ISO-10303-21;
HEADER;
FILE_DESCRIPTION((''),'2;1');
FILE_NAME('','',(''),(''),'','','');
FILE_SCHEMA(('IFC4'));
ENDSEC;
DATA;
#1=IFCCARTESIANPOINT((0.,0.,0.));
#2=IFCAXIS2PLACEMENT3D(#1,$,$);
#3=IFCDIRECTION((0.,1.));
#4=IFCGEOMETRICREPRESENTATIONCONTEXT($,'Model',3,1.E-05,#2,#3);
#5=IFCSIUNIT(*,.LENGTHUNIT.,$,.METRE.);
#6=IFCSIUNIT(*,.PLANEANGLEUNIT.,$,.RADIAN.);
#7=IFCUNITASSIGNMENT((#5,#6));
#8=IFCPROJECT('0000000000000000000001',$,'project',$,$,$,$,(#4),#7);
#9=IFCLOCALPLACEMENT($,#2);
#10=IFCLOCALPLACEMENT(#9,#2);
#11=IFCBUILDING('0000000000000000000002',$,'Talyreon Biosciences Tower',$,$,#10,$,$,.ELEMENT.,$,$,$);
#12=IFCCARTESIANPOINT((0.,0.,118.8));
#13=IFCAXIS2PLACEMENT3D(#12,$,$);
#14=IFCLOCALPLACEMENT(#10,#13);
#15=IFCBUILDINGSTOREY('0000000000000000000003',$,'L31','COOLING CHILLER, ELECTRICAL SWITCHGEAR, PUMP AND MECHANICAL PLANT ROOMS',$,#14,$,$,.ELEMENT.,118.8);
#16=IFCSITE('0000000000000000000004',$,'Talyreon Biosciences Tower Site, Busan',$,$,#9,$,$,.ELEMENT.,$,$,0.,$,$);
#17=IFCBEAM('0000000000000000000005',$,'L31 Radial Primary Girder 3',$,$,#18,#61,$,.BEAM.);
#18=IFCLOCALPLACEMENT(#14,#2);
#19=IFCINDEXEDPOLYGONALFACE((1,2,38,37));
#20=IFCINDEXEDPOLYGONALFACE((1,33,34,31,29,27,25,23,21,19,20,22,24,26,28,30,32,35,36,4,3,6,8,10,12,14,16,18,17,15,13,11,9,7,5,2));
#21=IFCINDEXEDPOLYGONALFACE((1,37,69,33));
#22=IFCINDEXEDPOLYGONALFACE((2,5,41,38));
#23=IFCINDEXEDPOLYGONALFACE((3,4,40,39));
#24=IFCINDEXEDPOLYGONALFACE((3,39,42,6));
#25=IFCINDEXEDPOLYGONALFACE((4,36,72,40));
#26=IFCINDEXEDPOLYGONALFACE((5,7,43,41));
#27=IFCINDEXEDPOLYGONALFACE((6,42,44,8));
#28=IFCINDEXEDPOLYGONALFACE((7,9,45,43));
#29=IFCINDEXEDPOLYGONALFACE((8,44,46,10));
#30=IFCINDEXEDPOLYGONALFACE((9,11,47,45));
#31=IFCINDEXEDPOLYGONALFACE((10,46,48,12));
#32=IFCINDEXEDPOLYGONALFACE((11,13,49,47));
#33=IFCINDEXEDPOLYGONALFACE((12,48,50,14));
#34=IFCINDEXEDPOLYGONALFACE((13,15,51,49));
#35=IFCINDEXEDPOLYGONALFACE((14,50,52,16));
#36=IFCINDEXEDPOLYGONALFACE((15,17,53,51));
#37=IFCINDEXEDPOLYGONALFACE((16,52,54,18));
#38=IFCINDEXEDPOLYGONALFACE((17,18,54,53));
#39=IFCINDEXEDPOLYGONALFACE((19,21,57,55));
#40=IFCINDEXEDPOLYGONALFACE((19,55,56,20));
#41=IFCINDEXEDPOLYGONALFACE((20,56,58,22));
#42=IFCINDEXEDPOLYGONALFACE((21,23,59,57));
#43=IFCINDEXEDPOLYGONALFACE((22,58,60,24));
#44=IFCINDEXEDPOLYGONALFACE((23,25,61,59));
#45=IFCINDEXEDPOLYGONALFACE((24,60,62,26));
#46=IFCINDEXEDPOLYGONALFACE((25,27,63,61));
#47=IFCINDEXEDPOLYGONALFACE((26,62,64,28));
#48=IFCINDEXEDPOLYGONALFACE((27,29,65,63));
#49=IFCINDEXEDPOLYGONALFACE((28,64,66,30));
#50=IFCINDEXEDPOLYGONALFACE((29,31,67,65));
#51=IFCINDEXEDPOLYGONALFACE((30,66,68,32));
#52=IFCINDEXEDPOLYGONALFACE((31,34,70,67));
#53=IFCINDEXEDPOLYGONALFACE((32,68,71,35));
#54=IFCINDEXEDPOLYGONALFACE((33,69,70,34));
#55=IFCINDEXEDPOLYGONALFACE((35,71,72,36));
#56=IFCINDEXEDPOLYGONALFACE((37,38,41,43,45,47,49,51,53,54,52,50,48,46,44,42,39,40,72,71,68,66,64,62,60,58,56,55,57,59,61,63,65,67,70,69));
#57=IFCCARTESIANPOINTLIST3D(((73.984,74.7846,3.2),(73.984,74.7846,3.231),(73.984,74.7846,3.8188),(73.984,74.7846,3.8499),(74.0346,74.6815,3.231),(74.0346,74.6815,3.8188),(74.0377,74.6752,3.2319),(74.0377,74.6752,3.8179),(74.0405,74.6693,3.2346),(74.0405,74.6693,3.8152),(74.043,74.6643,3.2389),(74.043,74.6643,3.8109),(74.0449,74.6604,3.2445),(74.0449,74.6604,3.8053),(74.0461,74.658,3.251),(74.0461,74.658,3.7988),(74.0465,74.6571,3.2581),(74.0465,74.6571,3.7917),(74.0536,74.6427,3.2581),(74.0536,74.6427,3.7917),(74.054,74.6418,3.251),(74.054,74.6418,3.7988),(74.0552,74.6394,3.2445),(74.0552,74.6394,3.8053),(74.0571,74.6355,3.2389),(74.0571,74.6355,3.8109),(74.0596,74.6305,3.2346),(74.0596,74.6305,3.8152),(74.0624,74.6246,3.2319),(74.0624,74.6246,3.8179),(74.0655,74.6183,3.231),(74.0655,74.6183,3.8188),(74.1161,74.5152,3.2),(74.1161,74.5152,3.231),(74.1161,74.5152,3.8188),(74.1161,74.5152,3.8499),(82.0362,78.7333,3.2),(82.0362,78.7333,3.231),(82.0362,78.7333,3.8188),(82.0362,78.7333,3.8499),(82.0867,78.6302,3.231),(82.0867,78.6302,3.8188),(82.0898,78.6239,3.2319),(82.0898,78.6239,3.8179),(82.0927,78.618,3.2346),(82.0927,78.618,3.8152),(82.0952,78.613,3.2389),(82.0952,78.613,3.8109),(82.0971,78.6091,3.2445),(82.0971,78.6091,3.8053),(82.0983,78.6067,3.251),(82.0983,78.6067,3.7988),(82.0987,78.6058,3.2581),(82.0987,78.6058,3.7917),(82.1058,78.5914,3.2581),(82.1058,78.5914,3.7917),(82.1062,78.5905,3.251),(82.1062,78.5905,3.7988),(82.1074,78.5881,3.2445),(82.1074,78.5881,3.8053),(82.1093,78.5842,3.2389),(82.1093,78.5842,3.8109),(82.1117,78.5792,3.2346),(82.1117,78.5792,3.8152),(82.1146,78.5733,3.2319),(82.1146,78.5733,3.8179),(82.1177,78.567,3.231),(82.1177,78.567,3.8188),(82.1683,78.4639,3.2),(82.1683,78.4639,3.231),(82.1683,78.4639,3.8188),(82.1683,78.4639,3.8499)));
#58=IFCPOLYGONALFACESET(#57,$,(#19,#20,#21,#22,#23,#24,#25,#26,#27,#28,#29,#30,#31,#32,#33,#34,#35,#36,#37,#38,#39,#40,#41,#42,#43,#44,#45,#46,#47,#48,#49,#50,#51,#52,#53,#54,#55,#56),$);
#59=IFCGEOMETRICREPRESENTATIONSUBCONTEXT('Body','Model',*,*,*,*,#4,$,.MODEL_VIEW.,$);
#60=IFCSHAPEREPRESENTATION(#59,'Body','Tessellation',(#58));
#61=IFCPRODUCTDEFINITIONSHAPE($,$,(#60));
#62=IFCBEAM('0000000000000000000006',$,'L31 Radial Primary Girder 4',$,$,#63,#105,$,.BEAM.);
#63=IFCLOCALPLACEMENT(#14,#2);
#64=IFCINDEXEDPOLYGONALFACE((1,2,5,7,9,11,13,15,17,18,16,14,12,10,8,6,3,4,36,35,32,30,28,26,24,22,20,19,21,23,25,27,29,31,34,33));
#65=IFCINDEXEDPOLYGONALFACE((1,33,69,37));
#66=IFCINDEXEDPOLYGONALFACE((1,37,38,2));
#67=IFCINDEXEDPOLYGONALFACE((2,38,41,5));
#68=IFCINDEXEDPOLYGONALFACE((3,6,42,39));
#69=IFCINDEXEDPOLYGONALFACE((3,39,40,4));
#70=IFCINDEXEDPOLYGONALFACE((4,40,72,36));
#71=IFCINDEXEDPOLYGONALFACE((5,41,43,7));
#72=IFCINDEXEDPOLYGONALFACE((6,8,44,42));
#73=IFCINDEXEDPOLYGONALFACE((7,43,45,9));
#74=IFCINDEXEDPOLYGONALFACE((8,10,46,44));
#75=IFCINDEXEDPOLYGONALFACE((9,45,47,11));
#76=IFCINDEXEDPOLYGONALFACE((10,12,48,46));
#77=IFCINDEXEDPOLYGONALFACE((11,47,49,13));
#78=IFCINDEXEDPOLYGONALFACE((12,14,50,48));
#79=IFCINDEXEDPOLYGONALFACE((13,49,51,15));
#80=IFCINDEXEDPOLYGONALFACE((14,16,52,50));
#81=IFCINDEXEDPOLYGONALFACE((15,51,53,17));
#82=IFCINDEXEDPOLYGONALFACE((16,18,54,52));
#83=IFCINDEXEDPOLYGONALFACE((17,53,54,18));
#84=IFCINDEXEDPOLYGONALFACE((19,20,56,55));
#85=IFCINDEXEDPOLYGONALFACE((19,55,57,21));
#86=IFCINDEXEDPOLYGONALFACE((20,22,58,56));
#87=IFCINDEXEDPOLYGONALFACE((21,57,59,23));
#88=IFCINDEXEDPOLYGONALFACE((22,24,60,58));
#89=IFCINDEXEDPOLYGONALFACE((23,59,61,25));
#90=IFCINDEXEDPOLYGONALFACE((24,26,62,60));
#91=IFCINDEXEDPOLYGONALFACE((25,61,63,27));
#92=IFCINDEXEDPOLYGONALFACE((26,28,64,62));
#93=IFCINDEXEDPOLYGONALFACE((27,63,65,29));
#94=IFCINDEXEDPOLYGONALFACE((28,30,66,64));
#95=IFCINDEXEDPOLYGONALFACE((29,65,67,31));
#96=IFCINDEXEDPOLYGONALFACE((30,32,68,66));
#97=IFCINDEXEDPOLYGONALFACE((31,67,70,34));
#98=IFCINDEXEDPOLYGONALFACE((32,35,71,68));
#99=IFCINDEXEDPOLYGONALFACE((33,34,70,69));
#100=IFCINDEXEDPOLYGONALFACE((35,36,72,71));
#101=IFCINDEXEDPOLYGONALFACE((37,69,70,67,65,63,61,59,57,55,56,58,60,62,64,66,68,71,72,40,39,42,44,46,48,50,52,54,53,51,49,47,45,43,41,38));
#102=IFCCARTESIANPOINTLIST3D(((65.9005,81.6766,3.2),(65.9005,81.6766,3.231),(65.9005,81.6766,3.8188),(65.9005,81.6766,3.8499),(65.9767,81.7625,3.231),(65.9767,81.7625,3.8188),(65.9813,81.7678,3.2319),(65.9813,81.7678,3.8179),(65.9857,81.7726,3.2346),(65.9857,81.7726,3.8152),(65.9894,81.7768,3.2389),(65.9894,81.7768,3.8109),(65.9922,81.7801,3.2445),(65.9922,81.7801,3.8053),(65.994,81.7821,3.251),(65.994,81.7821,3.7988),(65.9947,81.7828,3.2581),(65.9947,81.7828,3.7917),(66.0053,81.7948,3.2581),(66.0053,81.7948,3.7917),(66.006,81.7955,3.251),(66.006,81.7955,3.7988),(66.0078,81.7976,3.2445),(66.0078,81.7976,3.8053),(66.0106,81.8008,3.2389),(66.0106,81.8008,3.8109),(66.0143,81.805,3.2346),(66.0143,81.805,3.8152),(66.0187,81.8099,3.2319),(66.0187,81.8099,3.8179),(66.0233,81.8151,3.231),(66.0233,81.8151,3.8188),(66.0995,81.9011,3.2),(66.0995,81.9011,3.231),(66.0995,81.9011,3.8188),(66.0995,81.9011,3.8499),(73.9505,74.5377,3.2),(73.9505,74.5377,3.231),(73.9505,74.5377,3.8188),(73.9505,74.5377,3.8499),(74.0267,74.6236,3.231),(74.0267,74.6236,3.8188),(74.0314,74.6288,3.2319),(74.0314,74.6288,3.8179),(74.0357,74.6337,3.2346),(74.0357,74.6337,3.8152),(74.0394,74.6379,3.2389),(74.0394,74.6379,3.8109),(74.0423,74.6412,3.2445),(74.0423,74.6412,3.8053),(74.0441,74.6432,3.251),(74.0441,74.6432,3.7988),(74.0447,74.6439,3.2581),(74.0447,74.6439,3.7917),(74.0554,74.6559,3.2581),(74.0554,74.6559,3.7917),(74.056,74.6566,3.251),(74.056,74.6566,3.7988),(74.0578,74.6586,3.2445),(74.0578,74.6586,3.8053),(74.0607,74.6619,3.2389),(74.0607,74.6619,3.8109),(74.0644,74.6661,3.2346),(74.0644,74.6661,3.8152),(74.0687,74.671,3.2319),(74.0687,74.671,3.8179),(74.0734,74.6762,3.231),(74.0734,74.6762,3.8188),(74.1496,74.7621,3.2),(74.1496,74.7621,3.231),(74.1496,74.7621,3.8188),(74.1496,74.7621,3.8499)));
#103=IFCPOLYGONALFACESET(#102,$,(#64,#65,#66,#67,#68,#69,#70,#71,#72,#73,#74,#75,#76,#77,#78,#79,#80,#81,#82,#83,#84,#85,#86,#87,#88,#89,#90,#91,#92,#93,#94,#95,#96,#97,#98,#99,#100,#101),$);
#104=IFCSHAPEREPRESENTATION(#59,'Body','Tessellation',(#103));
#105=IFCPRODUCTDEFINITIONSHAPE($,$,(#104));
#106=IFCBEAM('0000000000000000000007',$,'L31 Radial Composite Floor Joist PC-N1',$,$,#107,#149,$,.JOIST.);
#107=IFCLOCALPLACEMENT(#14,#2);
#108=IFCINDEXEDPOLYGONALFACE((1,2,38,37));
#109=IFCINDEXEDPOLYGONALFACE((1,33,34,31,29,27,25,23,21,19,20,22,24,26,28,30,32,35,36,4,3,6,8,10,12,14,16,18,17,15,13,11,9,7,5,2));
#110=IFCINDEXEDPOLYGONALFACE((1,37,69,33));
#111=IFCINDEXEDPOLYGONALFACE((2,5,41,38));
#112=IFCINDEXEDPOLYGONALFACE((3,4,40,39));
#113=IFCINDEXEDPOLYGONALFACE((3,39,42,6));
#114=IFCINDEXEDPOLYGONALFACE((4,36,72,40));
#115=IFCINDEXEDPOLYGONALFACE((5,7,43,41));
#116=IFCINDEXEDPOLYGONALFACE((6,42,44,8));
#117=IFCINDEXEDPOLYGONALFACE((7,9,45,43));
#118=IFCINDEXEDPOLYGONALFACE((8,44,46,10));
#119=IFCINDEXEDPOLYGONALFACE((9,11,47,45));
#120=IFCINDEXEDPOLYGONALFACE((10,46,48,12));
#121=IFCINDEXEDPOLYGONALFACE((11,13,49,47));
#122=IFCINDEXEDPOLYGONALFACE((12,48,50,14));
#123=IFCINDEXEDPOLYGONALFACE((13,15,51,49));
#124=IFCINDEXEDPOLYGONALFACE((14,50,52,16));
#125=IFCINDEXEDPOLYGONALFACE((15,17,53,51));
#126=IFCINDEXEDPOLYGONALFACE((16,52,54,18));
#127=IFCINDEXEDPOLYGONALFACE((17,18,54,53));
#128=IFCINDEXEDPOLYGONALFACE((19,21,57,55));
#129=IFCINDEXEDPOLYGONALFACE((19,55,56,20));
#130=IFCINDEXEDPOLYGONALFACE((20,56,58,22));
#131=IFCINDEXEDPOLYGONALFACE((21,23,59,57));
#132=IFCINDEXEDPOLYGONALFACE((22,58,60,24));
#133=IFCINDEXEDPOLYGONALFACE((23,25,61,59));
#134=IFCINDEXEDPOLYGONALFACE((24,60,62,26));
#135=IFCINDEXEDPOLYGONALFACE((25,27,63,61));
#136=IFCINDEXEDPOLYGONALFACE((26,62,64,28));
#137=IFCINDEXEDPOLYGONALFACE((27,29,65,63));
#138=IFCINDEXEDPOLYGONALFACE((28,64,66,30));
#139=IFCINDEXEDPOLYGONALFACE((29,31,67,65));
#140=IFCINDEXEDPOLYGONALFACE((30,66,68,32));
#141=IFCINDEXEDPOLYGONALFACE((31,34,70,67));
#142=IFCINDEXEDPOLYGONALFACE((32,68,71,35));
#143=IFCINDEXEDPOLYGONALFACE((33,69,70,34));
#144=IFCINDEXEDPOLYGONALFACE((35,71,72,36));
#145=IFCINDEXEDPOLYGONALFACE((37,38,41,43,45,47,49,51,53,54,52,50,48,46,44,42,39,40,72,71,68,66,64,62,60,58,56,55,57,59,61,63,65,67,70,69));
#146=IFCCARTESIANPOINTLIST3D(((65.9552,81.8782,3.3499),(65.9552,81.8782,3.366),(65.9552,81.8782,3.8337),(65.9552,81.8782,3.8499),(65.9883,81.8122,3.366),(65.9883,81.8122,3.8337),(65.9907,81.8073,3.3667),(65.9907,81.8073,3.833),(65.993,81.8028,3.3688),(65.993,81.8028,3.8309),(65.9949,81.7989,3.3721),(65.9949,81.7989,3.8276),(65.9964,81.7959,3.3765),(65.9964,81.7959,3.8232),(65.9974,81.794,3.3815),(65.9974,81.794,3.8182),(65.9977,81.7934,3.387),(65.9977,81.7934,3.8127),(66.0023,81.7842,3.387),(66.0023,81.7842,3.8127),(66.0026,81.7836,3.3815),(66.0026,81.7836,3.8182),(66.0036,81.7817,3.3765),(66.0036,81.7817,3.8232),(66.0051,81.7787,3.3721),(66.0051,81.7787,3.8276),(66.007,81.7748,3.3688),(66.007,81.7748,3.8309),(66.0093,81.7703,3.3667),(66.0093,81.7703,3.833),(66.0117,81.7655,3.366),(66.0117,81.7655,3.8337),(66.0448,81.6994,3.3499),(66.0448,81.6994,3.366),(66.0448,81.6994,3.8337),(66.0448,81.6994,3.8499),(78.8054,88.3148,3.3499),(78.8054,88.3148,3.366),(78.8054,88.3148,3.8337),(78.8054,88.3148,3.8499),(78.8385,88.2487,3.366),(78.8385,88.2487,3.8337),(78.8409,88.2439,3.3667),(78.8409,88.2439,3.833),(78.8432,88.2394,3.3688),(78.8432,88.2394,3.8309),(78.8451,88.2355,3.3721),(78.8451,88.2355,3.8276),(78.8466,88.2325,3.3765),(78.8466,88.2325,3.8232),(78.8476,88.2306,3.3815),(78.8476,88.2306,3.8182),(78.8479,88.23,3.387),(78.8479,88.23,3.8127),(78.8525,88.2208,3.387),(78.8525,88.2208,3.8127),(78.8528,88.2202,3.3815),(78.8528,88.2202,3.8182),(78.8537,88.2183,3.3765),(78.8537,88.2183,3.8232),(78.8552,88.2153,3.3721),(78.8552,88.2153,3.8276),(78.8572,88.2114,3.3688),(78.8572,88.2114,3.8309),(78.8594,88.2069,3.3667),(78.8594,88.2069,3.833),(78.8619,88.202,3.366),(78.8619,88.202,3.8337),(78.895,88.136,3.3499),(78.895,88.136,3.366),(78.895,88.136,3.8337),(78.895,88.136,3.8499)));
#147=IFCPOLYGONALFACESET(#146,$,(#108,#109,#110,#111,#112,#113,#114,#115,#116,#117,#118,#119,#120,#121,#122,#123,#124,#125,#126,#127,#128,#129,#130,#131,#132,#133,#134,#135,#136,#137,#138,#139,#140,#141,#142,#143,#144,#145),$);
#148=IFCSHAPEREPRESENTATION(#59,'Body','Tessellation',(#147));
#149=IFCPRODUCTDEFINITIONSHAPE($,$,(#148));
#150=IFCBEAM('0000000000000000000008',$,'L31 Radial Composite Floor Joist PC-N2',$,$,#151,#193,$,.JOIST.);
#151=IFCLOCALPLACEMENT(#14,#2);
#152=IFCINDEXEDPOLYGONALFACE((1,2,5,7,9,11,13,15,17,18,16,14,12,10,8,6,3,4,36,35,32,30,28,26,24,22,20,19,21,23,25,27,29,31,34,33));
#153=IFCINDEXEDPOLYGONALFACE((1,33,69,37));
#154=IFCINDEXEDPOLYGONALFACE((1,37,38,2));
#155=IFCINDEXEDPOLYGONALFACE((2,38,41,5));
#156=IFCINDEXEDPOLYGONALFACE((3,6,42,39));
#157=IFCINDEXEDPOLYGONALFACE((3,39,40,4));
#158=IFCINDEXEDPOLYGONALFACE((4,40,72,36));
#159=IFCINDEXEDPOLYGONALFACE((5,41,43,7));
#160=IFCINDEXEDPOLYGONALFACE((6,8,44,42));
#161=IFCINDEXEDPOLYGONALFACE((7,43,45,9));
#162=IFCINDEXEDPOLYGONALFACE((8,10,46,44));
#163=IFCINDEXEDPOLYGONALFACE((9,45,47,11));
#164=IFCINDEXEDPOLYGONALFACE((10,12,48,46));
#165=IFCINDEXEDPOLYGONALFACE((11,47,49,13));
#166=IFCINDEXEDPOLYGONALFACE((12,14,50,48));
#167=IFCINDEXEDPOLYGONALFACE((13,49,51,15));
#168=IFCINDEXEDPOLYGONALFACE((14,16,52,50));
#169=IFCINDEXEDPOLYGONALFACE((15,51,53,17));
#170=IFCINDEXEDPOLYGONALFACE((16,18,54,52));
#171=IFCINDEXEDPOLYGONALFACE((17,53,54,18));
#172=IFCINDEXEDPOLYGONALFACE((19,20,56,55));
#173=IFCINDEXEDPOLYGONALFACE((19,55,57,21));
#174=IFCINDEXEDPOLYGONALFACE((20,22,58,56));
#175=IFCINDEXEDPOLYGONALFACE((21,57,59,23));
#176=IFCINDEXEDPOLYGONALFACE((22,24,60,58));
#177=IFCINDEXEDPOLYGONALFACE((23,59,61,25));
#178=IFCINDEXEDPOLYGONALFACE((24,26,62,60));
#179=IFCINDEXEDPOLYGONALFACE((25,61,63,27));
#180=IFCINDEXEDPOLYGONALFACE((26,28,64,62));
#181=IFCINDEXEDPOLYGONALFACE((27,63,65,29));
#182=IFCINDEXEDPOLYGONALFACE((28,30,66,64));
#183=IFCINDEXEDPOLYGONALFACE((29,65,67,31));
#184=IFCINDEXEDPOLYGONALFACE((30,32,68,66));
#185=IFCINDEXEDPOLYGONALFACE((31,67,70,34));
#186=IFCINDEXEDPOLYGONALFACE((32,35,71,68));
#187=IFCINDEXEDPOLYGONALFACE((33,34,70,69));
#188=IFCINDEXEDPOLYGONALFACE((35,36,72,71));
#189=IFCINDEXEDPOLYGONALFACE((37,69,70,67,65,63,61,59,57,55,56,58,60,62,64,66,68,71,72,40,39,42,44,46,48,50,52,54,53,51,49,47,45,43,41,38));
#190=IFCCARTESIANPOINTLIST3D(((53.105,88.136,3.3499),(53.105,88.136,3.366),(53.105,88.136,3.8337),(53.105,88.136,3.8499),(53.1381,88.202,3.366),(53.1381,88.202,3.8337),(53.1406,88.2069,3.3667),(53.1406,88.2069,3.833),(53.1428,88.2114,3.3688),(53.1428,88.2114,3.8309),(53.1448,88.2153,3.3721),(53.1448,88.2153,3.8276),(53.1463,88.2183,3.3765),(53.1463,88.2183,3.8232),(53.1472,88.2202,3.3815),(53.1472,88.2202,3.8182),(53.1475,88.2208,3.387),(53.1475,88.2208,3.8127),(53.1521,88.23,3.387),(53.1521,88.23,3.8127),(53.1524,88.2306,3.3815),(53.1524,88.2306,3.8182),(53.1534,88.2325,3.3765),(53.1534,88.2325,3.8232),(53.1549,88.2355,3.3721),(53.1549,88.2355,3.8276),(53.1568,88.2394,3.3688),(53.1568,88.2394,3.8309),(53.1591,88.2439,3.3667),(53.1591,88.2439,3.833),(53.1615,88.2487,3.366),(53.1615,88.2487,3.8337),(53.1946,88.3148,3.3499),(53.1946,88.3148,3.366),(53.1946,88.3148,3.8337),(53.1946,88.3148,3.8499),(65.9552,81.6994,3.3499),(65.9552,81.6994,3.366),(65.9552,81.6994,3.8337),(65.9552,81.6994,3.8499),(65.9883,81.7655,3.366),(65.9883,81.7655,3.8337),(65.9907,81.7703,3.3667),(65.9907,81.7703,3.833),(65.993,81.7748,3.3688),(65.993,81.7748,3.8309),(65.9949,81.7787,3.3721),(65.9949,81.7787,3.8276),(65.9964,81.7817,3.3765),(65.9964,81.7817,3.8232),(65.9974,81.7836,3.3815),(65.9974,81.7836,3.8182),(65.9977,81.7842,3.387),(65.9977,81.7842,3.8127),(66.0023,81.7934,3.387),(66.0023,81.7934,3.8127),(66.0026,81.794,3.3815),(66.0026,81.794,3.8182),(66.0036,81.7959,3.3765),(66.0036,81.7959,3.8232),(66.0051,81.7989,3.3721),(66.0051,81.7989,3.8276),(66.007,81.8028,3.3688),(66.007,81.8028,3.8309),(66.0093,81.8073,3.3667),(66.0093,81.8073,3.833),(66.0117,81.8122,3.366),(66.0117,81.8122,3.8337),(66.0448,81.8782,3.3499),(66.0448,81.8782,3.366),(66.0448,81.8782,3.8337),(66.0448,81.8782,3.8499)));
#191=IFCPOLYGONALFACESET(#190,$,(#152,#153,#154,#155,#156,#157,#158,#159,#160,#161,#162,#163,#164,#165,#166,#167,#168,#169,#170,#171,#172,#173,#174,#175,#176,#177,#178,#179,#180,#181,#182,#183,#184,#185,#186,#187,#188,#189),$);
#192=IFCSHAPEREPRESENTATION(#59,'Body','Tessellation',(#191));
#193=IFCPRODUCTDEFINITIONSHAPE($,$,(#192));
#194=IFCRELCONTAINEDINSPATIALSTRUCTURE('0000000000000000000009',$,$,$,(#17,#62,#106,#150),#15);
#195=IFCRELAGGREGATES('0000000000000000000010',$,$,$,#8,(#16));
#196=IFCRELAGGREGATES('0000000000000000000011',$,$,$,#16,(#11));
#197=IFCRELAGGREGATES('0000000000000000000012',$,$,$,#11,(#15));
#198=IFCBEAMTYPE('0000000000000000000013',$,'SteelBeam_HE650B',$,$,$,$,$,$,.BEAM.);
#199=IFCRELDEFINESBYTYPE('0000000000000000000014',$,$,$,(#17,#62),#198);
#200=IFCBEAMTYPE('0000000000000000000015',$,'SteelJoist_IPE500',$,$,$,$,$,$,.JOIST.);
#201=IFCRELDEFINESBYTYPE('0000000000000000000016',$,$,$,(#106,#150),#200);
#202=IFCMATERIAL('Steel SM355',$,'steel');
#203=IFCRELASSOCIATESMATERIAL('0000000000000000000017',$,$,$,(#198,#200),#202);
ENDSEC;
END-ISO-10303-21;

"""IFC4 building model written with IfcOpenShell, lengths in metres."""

from ifc_helpers import new_model, si_unit, direction, frame, origin, origin_2d, place, context, subcontext, project, spatial, i_section, extrude, material, material_profile, profile_set, type_object, element, save


model = new_model("IFC4")

# Units and contexts
model_context = context("Model", 3, precision=1e-05, world=origin(), true_north=direction((0.0, 1.0)))
body_context = subcontext(model_context, "Body", "Model", "MODEL_VIEW")
ifc_project = project(units=[si_unit("LENGTHUNIT", "METRE"), si_unit("PLANEANGLEUNIT", "RADIAN")], contexts=[model_context])

# Site, building, storey
site_placement = place(None, origin())
site = spatial("IfcSite", under=ifc_project, at=site_placement, Name="Talyreon Biosciences Tower Site, Busan", CompositionType="ELEMENT", RefElevation=0.0)
building_placement = place(site_placement, origin())
building = spatial("IfcBuilding", under=site, at=building_placement, Name="Talyreon Biosciences Tower", CompositionType="ELEMENT")
storey_placement = place(building_placement, frame((0.0, 0.0, 118.8)))
storey = spatial("IfcBuildingStorey", under=building, at=storey_placement, Name="L31", Description="COOLING CHILLER, ELECTRICAL SWITCHGEAR, PUMP AND MECHANICAL PLANT ROOMS", CompositionType="ELEMENT", Elevation=118.8)

# Shared definitions
ifc_material_1 = material(Name="Steel SM355", Category="steel")

# Beams
ifc_material_profile_1 = material_profile(ifc_material_1, i_section(OverallWidth=0.3, OverallDepth=0.6499, WebThickness=0.0161, FlangeThickness=0.031, FilletRadius=0.0271, at=origin_2d()), Name="HE650B")
ifc_profile_set_1 = profile_set([ifc_material_profile_1], Name="Steel SM355")
beam_type_1 = type_object("IfcBeamType", Name="SteelBeam_HE650B", PredefinedType="BEAM", material=ifc_profile_set_1)
beam_1_placement = place(storey_placement, frame((74.05, 74.6499, 3.5249), z_axis=(0.897852, 0.440297, 0.0), x_axis=(-0.440297, 0.897852, 0.0)))
element("IfcBeam", 1, at=beam_1_placement, inside=storey, type_object=beam_type_1, Name="L31 Radial Primary Girder 3", PredefinedType="BEAM", context=body_context, shape_type="SweptSolid", body=[
    extrude(i_section(OverallWidth=0.3, OverallDepth=0.6499, WebThickness=0.0161, FlangeThickness=0.031, FilletRadius=0.0271, at=origin_2d()), origin(), (0.0, 0.0, 1.0), 8.9683),
])
beam_2_placement = place(storey_placement, frame((74.05, 74.6499, 3.5249), z_axis=(-0.748179, 0.663497, 0.0), x_axis=(-0.663497, -0.748179, 0.0)))
element("IfcBeam", 2, at=beam_2_placement, inside=storey, type_object=beam_type_1, Name="L31 Radial Primary Girder 4", PredefinedType="BEAM", context=body_context, shape_type="SweptSolid", body=[
    extrude(i_section(OverallWidth=0.3, OverallDepth=0.6499, WebThickness=0.0161, FlangeThickness=0.031, FilletRadius=0.0271, at=origin_2d()), origin(), (0.0, 0.0, 1.0), 10.7595),
])
ifc_material_profile_2 = material_profile(ifc_material_1, i_section(OverallWidth=0.2, OverallDepth=0.5, WebThickness=0.0103, FlangeThickness=0.0161, FilletRadius=0.021, at=origin_2d()), Name="IPE500")
ifc_profile_set_2 = profile_set([ifc_material_profile_2], Name="Steel SM355")
beam_type_2 = type_object("IfcBeamType", Name="SteelJoist_IPE500", PredefinedType="JOIST", material=ifc_profile_set_2)
for number, where, z_axis, x_axis, name in (
    (3, (66.0, 81.7888, 3.5999), (0.894108, 0.447852, 0.0), (-0.447852, 0.894108, 0.0), "L31 Radial Composite Floor Joist PC-N1"),
    (4, (66.0, 81.7888, 3.5999), (-0.894108, 0.447852, 0.0), (-0.447852, -0.894108, 0.0), "L31 Radial Composite Floor Joist PC-N2"),
):
    element("IfcBeam", number, at=place(storey_placement, frame(where, z_axis=z_axis, x_axis=x_axis)), inside=storey, type_object=beam_type_2, Name=name, PredefinedType="JOIST", context=body_context, shape_type="SweptSolid", body=[
        extrude(i_section(OverallWidth=0.2, OverallDepth=0.5, WebThickness=0.0103, FlangeThickness=0.0161, FilletRadius=0.021, at=origin_2d()), origin(), (0.0, 0.0, 1.0), 14.3721),
    ])

save(model, "model.ifc")
